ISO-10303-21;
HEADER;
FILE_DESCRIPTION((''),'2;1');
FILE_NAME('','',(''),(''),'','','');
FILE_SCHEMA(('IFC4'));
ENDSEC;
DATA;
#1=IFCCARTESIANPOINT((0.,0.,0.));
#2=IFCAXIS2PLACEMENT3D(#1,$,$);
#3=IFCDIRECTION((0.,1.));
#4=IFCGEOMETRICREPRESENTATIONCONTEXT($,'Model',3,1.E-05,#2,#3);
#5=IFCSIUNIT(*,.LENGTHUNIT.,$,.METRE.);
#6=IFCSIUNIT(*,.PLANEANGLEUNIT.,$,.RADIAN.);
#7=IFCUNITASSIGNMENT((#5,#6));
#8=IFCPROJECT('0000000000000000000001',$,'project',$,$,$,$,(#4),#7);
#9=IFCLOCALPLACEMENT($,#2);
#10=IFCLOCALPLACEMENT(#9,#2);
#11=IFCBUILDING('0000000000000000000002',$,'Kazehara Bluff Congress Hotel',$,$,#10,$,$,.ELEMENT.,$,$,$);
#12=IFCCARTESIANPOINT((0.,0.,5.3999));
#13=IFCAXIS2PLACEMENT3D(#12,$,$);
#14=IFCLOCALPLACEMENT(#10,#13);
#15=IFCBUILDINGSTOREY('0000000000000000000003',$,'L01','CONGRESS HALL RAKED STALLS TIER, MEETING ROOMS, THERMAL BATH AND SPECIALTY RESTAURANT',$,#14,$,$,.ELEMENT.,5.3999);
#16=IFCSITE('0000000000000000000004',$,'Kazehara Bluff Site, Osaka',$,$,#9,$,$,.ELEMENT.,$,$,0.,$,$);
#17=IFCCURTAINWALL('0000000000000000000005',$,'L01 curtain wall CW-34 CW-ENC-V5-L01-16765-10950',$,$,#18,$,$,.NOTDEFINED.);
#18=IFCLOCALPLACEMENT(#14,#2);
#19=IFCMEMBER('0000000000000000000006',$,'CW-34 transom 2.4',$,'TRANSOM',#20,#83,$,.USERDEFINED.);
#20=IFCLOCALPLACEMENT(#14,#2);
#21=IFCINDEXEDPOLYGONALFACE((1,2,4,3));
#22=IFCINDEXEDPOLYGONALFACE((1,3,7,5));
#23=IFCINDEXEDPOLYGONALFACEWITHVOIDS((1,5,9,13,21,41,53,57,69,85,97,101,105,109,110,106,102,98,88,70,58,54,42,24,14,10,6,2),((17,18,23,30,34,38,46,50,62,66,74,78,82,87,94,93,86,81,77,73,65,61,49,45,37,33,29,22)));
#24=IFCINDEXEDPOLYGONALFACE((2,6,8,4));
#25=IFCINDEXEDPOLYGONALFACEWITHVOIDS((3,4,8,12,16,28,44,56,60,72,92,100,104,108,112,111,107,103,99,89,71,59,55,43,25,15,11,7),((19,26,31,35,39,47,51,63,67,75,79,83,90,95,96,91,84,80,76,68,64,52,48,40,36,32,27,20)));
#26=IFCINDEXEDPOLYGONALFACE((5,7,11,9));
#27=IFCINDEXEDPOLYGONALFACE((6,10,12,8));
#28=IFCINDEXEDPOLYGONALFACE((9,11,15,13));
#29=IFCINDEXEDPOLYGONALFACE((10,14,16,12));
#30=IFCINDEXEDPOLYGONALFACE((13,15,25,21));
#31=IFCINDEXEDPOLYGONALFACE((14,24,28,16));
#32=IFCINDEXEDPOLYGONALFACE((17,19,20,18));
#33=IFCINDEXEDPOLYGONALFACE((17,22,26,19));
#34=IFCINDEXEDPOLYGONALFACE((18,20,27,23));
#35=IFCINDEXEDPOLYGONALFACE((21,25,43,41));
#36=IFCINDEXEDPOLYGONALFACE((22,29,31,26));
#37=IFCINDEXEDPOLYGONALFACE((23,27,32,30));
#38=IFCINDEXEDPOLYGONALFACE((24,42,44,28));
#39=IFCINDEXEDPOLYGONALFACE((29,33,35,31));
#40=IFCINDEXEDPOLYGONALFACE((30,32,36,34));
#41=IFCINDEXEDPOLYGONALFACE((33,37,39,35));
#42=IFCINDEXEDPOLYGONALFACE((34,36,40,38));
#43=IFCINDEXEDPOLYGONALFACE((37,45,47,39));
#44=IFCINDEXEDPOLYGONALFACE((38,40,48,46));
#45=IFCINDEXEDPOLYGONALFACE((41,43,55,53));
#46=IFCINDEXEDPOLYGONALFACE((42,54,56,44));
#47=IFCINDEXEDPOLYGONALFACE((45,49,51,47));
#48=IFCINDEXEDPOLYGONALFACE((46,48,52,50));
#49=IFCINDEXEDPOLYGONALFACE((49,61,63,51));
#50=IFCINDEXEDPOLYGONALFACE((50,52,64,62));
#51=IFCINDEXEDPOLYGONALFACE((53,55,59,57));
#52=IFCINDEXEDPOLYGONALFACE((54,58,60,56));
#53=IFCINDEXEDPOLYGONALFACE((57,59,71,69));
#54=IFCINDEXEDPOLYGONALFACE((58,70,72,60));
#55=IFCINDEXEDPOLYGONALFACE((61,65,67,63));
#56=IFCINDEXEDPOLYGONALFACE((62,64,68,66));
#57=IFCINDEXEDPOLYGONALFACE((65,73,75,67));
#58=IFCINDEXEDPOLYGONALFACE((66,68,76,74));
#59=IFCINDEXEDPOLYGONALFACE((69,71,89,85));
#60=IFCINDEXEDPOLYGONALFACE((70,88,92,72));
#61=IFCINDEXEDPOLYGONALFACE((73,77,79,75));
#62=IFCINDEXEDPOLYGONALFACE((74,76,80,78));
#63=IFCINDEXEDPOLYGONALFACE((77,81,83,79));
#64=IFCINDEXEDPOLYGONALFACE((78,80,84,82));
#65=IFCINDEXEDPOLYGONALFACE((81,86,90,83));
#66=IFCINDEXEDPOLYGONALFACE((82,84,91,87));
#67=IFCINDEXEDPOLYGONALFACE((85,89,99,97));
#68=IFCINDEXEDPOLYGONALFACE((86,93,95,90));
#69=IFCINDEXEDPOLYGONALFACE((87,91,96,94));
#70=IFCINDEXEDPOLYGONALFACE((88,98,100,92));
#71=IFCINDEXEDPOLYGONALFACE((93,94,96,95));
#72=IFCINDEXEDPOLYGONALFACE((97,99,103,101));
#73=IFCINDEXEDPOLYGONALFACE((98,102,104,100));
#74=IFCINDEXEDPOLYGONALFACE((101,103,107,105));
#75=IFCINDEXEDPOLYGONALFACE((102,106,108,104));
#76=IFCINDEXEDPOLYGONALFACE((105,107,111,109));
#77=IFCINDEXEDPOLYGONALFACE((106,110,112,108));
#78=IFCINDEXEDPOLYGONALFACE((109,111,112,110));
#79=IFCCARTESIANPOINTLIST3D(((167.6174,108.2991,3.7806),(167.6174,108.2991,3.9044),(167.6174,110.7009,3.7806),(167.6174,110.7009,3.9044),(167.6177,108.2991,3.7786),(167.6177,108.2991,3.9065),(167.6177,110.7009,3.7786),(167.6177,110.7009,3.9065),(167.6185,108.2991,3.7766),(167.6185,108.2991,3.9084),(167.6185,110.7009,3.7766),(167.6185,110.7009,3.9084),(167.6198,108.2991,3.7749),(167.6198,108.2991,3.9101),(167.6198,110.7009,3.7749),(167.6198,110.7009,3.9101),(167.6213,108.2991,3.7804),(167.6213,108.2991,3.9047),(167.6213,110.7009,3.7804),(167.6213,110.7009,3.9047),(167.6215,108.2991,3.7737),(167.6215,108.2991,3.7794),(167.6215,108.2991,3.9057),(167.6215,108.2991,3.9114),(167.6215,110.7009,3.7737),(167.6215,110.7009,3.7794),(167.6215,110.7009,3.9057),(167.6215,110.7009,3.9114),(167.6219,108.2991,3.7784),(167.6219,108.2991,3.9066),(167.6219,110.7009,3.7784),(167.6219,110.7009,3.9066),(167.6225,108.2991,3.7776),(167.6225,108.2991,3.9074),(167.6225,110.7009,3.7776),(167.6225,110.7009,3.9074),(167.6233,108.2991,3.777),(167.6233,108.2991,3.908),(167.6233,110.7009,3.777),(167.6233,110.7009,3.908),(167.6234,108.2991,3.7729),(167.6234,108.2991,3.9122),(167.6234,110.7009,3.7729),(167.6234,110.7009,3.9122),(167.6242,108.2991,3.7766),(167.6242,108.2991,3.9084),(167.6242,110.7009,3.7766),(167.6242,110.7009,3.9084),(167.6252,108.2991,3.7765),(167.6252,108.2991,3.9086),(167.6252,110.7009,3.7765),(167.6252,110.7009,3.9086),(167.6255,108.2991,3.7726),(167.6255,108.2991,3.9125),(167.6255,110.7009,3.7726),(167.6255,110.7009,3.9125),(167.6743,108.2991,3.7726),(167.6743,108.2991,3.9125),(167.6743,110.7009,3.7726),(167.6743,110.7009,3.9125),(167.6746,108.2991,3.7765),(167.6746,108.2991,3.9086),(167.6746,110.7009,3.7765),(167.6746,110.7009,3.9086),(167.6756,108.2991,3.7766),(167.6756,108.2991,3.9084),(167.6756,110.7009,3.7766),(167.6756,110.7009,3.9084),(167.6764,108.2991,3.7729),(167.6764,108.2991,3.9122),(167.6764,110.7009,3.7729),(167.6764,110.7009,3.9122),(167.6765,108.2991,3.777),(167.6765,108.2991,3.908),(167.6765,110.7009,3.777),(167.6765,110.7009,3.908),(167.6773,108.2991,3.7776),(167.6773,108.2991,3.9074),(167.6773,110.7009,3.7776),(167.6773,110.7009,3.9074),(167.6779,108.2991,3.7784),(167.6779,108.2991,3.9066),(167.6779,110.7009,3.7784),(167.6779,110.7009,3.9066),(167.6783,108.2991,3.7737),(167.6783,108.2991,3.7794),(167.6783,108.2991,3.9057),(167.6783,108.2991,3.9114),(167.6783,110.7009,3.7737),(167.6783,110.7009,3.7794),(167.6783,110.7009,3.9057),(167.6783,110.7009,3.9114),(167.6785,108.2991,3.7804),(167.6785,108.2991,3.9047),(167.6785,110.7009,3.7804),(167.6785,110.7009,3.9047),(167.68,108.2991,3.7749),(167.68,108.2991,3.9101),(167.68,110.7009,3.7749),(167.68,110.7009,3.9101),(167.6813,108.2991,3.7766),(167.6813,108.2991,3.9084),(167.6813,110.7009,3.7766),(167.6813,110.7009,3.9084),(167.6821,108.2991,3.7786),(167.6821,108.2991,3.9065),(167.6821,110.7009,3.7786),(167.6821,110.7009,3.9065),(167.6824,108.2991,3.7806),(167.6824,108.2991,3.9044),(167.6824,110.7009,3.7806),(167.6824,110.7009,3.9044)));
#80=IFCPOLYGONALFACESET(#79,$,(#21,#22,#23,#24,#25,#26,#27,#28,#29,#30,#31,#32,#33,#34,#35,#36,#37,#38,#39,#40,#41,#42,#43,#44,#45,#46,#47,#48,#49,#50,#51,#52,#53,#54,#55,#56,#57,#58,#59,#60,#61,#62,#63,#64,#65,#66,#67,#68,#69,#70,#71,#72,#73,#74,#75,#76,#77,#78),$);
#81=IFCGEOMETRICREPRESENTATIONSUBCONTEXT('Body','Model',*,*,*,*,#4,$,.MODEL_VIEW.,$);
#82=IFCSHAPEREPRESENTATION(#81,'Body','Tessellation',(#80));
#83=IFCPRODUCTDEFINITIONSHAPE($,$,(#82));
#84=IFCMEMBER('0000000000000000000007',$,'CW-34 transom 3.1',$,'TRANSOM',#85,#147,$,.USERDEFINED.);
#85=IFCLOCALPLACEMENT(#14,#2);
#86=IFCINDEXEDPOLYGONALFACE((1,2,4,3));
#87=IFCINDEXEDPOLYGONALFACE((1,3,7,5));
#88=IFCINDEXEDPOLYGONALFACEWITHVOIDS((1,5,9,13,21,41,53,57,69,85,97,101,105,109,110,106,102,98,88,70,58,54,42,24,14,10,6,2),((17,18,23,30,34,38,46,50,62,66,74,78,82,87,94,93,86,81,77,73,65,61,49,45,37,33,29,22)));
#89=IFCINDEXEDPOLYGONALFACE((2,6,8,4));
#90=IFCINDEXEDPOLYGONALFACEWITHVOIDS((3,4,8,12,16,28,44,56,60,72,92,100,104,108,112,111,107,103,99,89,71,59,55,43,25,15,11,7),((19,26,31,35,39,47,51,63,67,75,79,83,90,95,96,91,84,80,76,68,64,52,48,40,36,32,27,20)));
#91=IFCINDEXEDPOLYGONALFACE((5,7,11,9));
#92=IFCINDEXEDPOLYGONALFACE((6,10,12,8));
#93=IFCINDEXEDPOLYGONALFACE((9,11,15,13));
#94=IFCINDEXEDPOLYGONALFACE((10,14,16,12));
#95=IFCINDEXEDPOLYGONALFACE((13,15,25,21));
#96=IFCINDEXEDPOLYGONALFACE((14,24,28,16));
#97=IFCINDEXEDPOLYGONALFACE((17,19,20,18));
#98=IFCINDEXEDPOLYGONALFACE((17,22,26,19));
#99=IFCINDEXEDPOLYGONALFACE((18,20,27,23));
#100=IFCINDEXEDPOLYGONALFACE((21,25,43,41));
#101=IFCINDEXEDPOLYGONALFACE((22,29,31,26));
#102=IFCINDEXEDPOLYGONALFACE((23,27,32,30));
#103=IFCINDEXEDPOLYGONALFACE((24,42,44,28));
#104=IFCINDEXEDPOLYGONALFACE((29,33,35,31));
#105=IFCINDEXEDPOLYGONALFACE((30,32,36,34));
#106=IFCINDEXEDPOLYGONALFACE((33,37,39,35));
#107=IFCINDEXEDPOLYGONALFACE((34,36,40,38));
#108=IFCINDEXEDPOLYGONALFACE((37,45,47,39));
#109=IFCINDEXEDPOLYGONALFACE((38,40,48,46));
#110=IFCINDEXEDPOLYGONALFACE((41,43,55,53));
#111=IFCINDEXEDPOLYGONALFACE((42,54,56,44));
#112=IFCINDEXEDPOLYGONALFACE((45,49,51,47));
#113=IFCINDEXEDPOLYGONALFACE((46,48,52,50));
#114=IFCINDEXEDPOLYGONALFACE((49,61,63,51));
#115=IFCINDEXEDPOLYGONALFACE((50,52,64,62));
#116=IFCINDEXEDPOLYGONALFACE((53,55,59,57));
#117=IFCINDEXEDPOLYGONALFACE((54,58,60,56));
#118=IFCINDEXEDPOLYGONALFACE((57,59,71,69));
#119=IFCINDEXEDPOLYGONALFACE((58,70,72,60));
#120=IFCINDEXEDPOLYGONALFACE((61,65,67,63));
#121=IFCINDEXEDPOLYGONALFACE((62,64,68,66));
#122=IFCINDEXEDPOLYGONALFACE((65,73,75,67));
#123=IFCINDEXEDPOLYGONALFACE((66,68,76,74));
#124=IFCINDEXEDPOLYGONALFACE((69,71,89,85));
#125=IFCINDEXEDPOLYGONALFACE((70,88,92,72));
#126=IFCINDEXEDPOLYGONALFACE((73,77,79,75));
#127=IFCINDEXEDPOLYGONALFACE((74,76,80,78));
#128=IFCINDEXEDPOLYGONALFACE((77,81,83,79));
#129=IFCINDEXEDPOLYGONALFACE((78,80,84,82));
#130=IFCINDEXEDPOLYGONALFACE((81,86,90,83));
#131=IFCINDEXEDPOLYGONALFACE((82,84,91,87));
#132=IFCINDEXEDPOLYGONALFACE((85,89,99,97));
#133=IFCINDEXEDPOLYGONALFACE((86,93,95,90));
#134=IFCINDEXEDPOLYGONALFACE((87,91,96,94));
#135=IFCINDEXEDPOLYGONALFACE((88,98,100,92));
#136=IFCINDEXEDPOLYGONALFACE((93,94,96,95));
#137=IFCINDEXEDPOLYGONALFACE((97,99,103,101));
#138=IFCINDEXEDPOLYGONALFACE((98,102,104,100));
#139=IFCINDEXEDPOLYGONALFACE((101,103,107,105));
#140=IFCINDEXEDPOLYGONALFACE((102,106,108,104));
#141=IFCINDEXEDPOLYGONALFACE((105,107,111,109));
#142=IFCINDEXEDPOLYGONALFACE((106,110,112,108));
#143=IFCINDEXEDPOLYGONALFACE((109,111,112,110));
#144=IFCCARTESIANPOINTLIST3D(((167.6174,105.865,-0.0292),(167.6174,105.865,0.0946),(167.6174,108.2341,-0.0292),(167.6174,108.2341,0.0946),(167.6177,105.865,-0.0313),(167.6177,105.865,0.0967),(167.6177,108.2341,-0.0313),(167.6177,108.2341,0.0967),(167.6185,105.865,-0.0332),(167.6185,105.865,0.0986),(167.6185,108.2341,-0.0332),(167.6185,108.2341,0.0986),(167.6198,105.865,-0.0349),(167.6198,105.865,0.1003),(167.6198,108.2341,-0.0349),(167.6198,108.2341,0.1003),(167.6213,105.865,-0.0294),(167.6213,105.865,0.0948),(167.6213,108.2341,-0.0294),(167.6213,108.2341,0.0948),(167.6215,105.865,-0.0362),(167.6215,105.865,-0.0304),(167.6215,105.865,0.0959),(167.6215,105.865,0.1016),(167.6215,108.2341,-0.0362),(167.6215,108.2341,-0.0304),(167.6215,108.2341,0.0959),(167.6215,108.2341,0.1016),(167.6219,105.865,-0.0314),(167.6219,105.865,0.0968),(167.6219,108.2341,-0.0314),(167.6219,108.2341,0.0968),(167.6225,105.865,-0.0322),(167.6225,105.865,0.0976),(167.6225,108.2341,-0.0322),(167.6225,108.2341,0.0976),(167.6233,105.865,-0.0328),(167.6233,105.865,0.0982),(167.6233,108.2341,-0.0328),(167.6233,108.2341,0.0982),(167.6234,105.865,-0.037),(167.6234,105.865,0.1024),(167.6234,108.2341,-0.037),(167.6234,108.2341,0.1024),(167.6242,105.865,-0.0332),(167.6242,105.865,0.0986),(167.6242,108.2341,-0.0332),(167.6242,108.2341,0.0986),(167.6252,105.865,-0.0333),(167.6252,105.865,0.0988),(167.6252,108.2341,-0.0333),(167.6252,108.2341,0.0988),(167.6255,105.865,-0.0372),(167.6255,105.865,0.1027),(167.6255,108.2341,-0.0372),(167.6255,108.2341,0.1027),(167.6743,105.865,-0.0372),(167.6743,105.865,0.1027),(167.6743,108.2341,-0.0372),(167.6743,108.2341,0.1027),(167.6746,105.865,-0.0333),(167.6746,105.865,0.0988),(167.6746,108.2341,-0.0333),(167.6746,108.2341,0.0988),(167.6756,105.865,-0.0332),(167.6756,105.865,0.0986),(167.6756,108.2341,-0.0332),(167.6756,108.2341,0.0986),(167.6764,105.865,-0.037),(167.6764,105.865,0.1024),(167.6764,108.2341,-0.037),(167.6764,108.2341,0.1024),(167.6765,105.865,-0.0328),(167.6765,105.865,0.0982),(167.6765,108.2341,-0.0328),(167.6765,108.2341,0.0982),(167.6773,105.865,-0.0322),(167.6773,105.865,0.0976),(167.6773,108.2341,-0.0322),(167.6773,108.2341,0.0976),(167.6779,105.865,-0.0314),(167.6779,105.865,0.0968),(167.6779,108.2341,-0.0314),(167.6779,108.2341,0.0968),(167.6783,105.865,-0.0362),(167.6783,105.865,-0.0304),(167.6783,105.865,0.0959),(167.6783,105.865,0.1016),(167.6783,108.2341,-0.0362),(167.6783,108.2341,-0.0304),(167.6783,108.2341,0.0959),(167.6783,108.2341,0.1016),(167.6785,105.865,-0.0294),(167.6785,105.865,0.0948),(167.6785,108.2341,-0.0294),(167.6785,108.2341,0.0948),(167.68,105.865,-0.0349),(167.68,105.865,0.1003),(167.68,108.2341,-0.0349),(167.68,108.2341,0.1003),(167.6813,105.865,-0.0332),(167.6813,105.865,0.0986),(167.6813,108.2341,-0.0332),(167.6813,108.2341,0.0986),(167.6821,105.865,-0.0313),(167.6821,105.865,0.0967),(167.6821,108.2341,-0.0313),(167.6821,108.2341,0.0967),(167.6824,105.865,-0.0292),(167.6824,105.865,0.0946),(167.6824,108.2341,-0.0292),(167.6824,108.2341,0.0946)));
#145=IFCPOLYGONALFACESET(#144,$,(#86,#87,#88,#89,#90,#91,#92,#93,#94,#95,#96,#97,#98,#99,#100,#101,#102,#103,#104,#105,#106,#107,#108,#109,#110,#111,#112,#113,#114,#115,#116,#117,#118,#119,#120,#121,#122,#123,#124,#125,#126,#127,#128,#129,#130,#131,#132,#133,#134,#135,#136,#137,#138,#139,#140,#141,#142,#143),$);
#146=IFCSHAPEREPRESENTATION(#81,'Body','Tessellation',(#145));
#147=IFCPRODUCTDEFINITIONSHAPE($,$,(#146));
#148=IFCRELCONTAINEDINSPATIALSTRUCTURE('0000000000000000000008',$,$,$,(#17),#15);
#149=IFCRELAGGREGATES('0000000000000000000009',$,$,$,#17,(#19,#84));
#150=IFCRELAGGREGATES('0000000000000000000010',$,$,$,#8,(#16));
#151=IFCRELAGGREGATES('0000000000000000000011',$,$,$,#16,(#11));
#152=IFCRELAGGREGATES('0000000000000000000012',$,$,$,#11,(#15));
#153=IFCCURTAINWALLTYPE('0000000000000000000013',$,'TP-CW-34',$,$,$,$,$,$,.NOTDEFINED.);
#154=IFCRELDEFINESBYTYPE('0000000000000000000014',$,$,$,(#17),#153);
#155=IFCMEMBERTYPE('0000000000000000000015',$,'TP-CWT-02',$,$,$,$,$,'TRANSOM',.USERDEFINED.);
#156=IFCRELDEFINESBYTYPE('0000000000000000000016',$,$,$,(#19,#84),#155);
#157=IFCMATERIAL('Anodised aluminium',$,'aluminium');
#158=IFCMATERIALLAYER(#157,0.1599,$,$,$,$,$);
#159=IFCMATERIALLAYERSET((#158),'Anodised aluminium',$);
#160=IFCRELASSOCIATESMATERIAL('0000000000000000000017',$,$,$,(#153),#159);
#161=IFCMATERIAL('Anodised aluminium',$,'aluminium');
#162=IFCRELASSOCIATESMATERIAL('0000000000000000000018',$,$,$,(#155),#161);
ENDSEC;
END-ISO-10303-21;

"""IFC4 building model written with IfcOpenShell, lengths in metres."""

from ifc_helpers import new_model, si_unit, direction, frame, origin, origin_2d, place, context, subcontext, project, spatial, hollow_rectangle, extrude, material, layer, layer_set, material_profile, profile_set, type_object, element, aggregate, save


model = new_model("IFC4")

# Units and contexts
model_context = context("Model", 3, precision=1e-05, world=origin(), true_north=direction((0.0, 1.0)))
body_context = subcontext(model_context, "Body", "Model", "MODEL_VIEW")
ifc_project = project(units=[si_unit("LENGTHUNIT", "METRE"), si_unit("PLANEANGLEUNIT", "RADIAN")], contexts=[model_context])

# Site, building, storey
site_placement = place(None, origin())
site = spatial("IfcSite", under=ifc_project, at=site_placement, Name="Kazehara Bluff Site, Osaka", CompositionType="ELEMENT", RefElevation=0.0)
building_placement = place(site_placement, origin())
building = spatial("IfcBuilding", under=site, at=building_placement, Name="Kazehara Bluff Congress Hotel", CompositionType="ELEMENT")
storey_placement = place(building_placement, frame((0.0, 0.0, 5.3999)))
storey = spatial("IfcBuildingStorey", under=building, at=storey_placement, Name="L01", Description="CONGRESS HALL RAKED STALLS TIER, MEETING ROOMS, THERMAL BATH AND SPECIALTY RESTAURANT", CompositionType="ELEMENT", Elevation=5.3999)

# Curtain wall
ifc_material_1 = material(Name="Anodised aluminium", Category="aluminium")
ifc_layer_1 = layer(ifc_material_1, 0.1599)
ifc_layer_set_1 = layer_set([ifc_layer_1], Name="Anodised aluminium")
curtain_wall_type_1 = type_object("IfcCurtainWallType", Name="TP-CW-34", PredefinedType="NOTDEFINED", material=ifc_layer_set_1)
curtain_wall_1_placement = place(storey_placement, origin())
curtain_wall_1 = element("IfcCurtainWall", 1, at=curtain_wall_1_placement, inside=storey, type_object=curtain_wall_type_1, Name="L01 curtain wall CW-34 CW-ENC-V5-L01-16765-10950", PredefinedType="NOTDEFINED")

# Members
ifc_material_2 = material(Name="Anodised aluminium", Category="aluminium")
ifc_material_profile_1 = material_profile(ifc_material_2, hollow_rectangle(XDim=0.0649, YDim=0.1399, WallThickness=0.0039, InnerFilletRadius=0.0039, OuterFilletRadius=0.0081, at=origin_2d()))
ifc_profile_set_1 = profile_set([ifc_material_profile_1], Name="Anodised aluminium")
member_type_1 = type_object("IfcMemberType", Name="TP-CWT-02", ElementType="TRANSOM", PredefinedType="USERDEFINED", material=ifc_profile_set_1)
member_1_placement = place(storey_placement, frame((167.6499, 110.7009, 3.8425), z_axis=(0.0, -1.0, 0.0), x_axis=(1.0, 0.0, 0.0)))
member_1 = element("IfcMember", 2, at=member_1_placement, type_object=member_type_1, Name="CW-34 transom 2.4", ObjectType="TRANSOM", PredefinedType="USERDEFINED", context=body_context, shape_type="SweptSolid", body=[
    extrude(hollow_rectangle(XDim=0.0649, YDim=0.1399, WallThickness=0.0039, InnerFilletRadius=0.0039, OuterFilletRadius=0.0081, at=origin_2d()), origin(), (0.0, 0.0, 1.0), 2.4019),
])
member_2_placement = place(storey_placement, frame((167.6499, 108.2341, 0.0327), z_axis=(0.0, -1.0, 0.0), x_axis=(1.0, 0.0, 0.0)))
member_2 = element("IfcMember", 3, at=member_2_placement, type_object=member_type_1, Name="CW-34 transom 3.1", ObjectType="TRANSOM", PredefinedType="USERDEFINED", context=body_context, shape_type="SweptSolid", body=[
    extrude(hollow_rectangle(XDim=0.0649, YDim=0.1399, WallThickness=0.0039, InnerFilletRadius=0.0039, OuterFilletRadius=0.0081, at=origin_2d()), origin(), (0.0, 0.0, 1.0), 2.3691),
])

aggregate(curtain_wall_1, [member_1, member_2])

save(model, "model.ifc")
